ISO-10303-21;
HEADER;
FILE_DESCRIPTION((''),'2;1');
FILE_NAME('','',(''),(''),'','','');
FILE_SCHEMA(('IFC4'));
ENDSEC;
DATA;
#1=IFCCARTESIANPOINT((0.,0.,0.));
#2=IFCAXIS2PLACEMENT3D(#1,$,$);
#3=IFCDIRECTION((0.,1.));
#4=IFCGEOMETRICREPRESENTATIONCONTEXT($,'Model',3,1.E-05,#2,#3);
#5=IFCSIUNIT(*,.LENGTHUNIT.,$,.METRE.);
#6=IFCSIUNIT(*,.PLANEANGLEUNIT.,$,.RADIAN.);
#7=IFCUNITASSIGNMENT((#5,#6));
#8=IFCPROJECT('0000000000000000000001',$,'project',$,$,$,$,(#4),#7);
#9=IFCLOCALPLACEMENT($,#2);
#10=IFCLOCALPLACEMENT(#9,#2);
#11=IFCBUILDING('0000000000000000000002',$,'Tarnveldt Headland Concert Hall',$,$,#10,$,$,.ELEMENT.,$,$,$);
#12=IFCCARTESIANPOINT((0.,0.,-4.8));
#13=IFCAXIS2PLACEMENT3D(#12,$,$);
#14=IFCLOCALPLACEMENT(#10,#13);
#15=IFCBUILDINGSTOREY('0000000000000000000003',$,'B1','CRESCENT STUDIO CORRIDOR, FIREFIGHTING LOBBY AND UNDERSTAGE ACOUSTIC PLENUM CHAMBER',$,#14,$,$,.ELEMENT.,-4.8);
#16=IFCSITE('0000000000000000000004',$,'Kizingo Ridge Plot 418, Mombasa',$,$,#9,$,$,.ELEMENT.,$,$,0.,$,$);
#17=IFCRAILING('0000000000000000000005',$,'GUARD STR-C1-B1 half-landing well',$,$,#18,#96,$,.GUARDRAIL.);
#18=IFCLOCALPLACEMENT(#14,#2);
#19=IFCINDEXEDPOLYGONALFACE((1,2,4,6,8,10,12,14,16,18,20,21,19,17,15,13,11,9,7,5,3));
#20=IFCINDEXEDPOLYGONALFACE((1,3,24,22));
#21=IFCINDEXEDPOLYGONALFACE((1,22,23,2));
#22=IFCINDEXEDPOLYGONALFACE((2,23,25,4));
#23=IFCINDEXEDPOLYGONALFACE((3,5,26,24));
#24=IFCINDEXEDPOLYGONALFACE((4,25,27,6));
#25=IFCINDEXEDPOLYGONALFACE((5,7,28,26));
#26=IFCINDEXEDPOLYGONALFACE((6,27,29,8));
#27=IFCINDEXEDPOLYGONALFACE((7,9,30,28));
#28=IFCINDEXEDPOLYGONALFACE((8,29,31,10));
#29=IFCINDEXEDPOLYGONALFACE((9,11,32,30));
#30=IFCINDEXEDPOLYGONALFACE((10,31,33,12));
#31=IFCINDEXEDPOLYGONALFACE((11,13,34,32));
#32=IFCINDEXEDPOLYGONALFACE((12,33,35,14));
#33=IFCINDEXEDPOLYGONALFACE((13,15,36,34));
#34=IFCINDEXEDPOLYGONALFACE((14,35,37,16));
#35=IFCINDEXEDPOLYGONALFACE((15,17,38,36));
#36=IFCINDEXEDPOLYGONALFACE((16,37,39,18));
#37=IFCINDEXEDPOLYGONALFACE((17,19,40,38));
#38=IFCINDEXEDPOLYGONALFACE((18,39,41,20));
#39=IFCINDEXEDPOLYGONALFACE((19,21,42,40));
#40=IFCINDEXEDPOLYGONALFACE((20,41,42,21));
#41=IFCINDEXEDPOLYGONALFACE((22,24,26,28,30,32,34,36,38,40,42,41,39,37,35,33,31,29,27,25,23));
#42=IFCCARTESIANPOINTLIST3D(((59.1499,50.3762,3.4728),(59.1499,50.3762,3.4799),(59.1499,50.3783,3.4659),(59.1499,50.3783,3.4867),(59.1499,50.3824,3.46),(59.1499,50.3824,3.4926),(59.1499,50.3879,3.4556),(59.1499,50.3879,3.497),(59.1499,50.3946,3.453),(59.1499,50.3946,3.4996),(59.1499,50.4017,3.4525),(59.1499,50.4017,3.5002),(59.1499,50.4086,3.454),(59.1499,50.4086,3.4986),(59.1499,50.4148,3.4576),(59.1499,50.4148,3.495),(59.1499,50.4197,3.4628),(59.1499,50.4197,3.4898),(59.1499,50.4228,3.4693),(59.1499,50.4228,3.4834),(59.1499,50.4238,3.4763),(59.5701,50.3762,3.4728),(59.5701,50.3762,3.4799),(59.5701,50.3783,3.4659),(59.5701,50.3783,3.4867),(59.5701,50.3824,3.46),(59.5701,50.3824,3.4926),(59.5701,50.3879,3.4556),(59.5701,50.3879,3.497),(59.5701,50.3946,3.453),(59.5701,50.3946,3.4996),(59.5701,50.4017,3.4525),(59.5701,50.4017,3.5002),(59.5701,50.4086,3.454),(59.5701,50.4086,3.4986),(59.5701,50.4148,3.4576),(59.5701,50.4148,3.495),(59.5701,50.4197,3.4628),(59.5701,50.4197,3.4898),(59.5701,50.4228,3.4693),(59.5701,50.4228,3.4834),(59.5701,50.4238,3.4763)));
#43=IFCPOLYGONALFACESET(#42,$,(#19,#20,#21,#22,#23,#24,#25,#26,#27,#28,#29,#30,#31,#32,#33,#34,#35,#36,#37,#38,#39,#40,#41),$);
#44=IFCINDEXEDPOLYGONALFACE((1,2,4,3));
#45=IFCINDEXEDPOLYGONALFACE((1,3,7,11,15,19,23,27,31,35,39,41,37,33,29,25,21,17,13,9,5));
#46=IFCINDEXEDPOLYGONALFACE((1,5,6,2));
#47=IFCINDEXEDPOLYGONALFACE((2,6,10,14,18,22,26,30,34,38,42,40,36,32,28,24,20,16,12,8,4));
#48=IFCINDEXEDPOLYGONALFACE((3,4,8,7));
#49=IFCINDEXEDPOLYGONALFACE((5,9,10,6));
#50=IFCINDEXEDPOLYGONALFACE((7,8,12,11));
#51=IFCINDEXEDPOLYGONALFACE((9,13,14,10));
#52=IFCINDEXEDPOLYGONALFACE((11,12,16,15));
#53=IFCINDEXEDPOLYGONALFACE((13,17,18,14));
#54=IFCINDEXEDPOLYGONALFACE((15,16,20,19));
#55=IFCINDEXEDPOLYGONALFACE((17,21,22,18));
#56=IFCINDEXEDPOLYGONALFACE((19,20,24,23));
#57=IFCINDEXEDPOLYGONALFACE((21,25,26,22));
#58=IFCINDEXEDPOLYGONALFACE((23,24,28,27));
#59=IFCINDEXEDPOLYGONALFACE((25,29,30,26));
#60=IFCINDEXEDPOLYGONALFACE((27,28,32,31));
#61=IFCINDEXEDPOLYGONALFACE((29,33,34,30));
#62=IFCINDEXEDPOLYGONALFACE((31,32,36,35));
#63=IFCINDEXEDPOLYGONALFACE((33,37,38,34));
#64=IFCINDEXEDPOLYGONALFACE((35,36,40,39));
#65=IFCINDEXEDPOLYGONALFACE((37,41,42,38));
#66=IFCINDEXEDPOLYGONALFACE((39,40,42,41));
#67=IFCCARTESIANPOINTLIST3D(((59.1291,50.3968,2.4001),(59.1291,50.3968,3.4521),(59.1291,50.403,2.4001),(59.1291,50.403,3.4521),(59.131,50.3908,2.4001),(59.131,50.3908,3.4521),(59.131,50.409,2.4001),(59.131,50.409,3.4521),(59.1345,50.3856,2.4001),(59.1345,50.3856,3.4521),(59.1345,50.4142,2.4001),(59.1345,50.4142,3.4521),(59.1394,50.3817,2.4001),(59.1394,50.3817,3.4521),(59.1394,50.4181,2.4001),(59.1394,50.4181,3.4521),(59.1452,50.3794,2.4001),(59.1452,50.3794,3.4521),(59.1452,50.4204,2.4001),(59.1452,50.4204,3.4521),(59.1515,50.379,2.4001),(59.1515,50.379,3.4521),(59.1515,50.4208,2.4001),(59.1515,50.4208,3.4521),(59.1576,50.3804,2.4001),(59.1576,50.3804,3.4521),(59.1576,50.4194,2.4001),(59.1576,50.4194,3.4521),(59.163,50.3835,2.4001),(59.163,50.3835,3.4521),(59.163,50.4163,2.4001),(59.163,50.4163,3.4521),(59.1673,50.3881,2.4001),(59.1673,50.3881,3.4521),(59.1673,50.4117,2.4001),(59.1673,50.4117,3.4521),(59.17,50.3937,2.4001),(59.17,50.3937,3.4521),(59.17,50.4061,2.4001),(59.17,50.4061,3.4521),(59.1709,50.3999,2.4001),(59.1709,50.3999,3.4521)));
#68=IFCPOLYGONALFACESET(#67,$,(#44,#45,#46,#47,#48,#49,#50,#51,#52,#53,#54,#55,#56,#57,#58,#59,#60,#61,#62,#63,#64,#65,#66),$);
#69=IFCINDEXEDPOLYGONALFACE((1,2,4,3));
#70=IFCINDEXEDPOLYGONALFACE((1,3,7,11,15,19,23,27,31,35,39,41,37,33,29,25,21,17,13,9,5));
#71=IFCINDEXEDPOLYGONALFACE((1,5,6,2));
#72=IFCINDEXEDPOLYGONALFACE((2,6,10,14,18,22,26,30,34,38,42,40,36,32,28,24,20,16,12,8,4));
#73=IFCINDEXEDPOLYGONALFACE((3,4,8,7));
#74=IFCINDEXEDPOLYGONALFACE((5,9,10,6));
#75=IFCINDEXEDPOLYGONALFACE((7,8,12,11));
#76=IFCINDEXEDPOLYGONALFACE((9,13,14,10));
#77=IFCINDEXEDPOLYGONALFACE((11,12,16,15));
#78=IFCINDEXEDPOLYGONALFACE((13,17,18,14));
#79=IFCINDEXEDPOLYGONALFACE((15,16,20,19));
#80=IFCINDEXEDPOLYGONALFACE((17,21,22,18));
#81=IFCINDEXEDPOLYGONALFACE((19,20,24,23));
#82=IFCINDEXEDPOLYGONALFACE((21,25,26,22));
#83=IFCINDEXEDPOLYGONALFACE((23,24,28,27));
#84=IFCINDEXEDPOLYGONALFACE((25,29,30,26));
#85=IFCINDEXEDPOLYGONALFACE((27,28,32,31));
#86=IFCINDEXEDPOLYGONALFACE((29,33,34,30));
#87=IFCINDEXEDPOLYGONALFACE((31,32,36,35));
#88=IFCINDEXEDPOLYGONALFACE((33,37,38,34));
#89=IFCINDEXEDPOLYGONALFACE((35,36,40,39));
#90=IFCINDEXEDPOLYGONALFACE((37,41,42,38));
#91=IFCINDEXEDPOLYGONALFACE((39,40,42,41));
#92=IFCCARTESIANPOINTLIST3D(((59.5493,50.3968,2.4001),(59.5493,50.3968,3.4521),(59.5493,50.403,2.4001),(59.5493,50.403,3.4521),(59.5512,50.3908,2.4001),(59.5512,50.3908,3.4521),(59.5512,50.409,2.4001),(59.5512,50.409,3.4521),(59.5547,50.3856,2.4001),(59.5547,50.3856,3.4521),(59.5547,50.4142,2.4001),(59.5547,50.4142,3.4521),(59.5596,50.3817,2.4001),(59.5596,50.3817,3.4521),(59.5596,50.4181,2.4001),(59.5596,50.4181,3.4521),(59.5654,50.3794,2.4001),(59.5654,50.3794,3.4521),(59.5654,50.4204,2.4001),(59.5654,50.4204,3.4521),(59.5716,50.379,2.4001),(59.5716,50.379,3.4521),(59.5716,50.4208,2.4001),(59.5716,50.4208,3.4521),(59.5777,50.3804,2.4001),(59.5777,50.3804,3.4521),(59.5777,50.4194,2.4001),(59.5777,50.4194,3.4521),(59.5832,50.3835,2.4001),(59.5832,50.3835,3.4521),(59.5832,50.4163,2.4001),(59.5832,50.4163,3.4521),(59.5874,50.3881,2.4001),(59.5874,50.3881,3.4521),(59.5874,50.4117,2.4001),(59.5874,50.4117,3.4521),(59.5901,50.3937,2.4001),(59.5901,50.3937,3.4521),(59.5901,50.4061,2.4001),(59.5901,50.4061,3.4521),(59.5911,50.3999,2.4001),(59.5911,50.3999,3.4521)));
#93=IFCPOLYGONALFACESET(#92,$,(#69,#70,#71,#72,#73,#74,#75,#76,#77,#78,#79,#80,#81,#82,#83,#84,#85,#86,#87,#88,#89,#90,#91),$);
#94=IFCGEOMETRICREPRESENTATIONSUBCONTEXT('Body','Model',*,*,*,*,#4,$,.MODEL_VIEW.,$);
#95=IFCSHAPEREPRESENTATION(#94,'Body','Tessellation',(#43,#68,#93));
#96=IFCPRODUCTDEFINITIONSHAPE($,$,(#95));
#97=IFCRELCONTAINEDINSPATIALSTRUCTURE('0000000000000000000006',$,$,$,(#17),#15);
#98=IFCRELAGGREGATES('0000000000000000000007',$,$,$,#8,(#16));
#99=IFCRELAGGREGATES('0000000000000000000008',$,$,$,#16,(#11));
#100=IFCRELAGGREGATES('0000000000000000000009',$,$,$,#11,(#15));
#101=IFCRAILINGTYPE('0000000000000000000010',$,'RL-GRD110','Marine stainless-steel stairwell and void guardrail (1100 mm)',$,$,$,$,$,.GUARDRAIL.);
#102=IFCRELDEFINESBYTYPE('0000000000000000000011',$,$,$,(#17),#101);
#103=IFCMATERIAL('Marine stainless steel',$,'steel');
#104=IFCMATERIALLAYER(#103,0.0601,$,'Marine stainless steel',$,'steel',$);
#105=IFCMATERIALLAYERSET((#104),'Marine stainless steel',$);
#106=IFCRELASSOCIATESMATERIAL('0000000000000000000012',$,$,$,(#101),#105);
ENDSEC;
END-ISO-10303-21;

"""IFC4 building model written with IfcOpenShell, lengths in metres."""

from ifc_helpers import new_model, si_unit, direction, frame, origin, origin_2d, place, context, subcontext, project, spatial, circle, extrude, material, layer, layer_set, type_object, element, save


model = new_model("IFC4")

# Units and contexts
model_context = context("Model", 3, precision=1e-05, world=origin(), true_north=direction((0.0, 1.0)))
body_context = subcontext(model_context, "Body", "Model", "MODEL_VIEW")
ifc_project = project(units=[si_unit("LENGTHUNIT", "METRE"), si_unit("PLANEANGLEUNIT", "RADIAN")], contexts=[model_context])

# Site, building, storey
site_placement = place(None, origin())
site = spatial("IfcSite", under=ifc_project, at=site_placement, Name="Kizingo Ridge Plot 418, Mombasa", CompositionType="ELEMENT", RefElevation=0.0)
building_placement = place(site_placement, origin())
building = spatial("IfcBuilding", under=site, at=building_placement, Name="Tarnveldt Headland Concert Hall", CompositionType="ELEMENT")
storey_placement = place(building_placement, frame((0.0, 0.0, -4.8)))
storey = spatial("IfcBuildingStorey", under=building, at=storey_placement, Name="B1", Description="CRESCENT STUDIO CORRIDOR, FIREFIGHTING LOBBY AND UNDERSTAGE ACOUSTIC PLENUM CHAMBER", CompositionType="ELEMENT", Elevation=-4.8)

# Railing
ifc_material_1 = material(Name="Marine stainless steel", Category="steel")
ifc_layer_1 = layer(ifc_material_1, 0.0601, Name="Marine stainless steel", Category="steel")
ifc_layer_set_1 = layer_set([ifc_layer_1], Name="Marine stainless steel")
railing_type_1 = type_object("IfcRailingType", Name="RL-GRD110", Description="Marine stainless-steel stairwell and void guardrail (1100 mm)", PredefinedType="GUARDRAIL", material=ifc_layer_set_1)
railing_1_placement = place(storey_placement, frame((59.1499, 50.3999, 2.4001)))
element("IfcRailing", 1, at=railing_1_placement, inside=storey, type_object=railing_type_1, Name="GUARD STR-C1-B1 half-landing well", PredefinedType="GUARDRAIL", context=body_context, shape_type="SweptSolid", body=[
    extrude(circle(Radius=0.0239, at=origin_2d()), frame((0.0, 0.0, 1.0762), z_axis=(1.0, 0.0, 0.0), x_axis=(0.0, 1.0, 0.0)), (0.0, 0.0, 1.0), 0.4202),
    extrude(circle(Radius=0.021, at=origin_2d()), origin(), (0.0, 0.0, 1.0), 1.052),
    extrude(circle(Radius=0.021, at=origin_2d()), frame((0.4202, 0.0, 0.0)), (0.0, 0.0, 1.0), 1.052),
])

save(model, "model.ifc")
